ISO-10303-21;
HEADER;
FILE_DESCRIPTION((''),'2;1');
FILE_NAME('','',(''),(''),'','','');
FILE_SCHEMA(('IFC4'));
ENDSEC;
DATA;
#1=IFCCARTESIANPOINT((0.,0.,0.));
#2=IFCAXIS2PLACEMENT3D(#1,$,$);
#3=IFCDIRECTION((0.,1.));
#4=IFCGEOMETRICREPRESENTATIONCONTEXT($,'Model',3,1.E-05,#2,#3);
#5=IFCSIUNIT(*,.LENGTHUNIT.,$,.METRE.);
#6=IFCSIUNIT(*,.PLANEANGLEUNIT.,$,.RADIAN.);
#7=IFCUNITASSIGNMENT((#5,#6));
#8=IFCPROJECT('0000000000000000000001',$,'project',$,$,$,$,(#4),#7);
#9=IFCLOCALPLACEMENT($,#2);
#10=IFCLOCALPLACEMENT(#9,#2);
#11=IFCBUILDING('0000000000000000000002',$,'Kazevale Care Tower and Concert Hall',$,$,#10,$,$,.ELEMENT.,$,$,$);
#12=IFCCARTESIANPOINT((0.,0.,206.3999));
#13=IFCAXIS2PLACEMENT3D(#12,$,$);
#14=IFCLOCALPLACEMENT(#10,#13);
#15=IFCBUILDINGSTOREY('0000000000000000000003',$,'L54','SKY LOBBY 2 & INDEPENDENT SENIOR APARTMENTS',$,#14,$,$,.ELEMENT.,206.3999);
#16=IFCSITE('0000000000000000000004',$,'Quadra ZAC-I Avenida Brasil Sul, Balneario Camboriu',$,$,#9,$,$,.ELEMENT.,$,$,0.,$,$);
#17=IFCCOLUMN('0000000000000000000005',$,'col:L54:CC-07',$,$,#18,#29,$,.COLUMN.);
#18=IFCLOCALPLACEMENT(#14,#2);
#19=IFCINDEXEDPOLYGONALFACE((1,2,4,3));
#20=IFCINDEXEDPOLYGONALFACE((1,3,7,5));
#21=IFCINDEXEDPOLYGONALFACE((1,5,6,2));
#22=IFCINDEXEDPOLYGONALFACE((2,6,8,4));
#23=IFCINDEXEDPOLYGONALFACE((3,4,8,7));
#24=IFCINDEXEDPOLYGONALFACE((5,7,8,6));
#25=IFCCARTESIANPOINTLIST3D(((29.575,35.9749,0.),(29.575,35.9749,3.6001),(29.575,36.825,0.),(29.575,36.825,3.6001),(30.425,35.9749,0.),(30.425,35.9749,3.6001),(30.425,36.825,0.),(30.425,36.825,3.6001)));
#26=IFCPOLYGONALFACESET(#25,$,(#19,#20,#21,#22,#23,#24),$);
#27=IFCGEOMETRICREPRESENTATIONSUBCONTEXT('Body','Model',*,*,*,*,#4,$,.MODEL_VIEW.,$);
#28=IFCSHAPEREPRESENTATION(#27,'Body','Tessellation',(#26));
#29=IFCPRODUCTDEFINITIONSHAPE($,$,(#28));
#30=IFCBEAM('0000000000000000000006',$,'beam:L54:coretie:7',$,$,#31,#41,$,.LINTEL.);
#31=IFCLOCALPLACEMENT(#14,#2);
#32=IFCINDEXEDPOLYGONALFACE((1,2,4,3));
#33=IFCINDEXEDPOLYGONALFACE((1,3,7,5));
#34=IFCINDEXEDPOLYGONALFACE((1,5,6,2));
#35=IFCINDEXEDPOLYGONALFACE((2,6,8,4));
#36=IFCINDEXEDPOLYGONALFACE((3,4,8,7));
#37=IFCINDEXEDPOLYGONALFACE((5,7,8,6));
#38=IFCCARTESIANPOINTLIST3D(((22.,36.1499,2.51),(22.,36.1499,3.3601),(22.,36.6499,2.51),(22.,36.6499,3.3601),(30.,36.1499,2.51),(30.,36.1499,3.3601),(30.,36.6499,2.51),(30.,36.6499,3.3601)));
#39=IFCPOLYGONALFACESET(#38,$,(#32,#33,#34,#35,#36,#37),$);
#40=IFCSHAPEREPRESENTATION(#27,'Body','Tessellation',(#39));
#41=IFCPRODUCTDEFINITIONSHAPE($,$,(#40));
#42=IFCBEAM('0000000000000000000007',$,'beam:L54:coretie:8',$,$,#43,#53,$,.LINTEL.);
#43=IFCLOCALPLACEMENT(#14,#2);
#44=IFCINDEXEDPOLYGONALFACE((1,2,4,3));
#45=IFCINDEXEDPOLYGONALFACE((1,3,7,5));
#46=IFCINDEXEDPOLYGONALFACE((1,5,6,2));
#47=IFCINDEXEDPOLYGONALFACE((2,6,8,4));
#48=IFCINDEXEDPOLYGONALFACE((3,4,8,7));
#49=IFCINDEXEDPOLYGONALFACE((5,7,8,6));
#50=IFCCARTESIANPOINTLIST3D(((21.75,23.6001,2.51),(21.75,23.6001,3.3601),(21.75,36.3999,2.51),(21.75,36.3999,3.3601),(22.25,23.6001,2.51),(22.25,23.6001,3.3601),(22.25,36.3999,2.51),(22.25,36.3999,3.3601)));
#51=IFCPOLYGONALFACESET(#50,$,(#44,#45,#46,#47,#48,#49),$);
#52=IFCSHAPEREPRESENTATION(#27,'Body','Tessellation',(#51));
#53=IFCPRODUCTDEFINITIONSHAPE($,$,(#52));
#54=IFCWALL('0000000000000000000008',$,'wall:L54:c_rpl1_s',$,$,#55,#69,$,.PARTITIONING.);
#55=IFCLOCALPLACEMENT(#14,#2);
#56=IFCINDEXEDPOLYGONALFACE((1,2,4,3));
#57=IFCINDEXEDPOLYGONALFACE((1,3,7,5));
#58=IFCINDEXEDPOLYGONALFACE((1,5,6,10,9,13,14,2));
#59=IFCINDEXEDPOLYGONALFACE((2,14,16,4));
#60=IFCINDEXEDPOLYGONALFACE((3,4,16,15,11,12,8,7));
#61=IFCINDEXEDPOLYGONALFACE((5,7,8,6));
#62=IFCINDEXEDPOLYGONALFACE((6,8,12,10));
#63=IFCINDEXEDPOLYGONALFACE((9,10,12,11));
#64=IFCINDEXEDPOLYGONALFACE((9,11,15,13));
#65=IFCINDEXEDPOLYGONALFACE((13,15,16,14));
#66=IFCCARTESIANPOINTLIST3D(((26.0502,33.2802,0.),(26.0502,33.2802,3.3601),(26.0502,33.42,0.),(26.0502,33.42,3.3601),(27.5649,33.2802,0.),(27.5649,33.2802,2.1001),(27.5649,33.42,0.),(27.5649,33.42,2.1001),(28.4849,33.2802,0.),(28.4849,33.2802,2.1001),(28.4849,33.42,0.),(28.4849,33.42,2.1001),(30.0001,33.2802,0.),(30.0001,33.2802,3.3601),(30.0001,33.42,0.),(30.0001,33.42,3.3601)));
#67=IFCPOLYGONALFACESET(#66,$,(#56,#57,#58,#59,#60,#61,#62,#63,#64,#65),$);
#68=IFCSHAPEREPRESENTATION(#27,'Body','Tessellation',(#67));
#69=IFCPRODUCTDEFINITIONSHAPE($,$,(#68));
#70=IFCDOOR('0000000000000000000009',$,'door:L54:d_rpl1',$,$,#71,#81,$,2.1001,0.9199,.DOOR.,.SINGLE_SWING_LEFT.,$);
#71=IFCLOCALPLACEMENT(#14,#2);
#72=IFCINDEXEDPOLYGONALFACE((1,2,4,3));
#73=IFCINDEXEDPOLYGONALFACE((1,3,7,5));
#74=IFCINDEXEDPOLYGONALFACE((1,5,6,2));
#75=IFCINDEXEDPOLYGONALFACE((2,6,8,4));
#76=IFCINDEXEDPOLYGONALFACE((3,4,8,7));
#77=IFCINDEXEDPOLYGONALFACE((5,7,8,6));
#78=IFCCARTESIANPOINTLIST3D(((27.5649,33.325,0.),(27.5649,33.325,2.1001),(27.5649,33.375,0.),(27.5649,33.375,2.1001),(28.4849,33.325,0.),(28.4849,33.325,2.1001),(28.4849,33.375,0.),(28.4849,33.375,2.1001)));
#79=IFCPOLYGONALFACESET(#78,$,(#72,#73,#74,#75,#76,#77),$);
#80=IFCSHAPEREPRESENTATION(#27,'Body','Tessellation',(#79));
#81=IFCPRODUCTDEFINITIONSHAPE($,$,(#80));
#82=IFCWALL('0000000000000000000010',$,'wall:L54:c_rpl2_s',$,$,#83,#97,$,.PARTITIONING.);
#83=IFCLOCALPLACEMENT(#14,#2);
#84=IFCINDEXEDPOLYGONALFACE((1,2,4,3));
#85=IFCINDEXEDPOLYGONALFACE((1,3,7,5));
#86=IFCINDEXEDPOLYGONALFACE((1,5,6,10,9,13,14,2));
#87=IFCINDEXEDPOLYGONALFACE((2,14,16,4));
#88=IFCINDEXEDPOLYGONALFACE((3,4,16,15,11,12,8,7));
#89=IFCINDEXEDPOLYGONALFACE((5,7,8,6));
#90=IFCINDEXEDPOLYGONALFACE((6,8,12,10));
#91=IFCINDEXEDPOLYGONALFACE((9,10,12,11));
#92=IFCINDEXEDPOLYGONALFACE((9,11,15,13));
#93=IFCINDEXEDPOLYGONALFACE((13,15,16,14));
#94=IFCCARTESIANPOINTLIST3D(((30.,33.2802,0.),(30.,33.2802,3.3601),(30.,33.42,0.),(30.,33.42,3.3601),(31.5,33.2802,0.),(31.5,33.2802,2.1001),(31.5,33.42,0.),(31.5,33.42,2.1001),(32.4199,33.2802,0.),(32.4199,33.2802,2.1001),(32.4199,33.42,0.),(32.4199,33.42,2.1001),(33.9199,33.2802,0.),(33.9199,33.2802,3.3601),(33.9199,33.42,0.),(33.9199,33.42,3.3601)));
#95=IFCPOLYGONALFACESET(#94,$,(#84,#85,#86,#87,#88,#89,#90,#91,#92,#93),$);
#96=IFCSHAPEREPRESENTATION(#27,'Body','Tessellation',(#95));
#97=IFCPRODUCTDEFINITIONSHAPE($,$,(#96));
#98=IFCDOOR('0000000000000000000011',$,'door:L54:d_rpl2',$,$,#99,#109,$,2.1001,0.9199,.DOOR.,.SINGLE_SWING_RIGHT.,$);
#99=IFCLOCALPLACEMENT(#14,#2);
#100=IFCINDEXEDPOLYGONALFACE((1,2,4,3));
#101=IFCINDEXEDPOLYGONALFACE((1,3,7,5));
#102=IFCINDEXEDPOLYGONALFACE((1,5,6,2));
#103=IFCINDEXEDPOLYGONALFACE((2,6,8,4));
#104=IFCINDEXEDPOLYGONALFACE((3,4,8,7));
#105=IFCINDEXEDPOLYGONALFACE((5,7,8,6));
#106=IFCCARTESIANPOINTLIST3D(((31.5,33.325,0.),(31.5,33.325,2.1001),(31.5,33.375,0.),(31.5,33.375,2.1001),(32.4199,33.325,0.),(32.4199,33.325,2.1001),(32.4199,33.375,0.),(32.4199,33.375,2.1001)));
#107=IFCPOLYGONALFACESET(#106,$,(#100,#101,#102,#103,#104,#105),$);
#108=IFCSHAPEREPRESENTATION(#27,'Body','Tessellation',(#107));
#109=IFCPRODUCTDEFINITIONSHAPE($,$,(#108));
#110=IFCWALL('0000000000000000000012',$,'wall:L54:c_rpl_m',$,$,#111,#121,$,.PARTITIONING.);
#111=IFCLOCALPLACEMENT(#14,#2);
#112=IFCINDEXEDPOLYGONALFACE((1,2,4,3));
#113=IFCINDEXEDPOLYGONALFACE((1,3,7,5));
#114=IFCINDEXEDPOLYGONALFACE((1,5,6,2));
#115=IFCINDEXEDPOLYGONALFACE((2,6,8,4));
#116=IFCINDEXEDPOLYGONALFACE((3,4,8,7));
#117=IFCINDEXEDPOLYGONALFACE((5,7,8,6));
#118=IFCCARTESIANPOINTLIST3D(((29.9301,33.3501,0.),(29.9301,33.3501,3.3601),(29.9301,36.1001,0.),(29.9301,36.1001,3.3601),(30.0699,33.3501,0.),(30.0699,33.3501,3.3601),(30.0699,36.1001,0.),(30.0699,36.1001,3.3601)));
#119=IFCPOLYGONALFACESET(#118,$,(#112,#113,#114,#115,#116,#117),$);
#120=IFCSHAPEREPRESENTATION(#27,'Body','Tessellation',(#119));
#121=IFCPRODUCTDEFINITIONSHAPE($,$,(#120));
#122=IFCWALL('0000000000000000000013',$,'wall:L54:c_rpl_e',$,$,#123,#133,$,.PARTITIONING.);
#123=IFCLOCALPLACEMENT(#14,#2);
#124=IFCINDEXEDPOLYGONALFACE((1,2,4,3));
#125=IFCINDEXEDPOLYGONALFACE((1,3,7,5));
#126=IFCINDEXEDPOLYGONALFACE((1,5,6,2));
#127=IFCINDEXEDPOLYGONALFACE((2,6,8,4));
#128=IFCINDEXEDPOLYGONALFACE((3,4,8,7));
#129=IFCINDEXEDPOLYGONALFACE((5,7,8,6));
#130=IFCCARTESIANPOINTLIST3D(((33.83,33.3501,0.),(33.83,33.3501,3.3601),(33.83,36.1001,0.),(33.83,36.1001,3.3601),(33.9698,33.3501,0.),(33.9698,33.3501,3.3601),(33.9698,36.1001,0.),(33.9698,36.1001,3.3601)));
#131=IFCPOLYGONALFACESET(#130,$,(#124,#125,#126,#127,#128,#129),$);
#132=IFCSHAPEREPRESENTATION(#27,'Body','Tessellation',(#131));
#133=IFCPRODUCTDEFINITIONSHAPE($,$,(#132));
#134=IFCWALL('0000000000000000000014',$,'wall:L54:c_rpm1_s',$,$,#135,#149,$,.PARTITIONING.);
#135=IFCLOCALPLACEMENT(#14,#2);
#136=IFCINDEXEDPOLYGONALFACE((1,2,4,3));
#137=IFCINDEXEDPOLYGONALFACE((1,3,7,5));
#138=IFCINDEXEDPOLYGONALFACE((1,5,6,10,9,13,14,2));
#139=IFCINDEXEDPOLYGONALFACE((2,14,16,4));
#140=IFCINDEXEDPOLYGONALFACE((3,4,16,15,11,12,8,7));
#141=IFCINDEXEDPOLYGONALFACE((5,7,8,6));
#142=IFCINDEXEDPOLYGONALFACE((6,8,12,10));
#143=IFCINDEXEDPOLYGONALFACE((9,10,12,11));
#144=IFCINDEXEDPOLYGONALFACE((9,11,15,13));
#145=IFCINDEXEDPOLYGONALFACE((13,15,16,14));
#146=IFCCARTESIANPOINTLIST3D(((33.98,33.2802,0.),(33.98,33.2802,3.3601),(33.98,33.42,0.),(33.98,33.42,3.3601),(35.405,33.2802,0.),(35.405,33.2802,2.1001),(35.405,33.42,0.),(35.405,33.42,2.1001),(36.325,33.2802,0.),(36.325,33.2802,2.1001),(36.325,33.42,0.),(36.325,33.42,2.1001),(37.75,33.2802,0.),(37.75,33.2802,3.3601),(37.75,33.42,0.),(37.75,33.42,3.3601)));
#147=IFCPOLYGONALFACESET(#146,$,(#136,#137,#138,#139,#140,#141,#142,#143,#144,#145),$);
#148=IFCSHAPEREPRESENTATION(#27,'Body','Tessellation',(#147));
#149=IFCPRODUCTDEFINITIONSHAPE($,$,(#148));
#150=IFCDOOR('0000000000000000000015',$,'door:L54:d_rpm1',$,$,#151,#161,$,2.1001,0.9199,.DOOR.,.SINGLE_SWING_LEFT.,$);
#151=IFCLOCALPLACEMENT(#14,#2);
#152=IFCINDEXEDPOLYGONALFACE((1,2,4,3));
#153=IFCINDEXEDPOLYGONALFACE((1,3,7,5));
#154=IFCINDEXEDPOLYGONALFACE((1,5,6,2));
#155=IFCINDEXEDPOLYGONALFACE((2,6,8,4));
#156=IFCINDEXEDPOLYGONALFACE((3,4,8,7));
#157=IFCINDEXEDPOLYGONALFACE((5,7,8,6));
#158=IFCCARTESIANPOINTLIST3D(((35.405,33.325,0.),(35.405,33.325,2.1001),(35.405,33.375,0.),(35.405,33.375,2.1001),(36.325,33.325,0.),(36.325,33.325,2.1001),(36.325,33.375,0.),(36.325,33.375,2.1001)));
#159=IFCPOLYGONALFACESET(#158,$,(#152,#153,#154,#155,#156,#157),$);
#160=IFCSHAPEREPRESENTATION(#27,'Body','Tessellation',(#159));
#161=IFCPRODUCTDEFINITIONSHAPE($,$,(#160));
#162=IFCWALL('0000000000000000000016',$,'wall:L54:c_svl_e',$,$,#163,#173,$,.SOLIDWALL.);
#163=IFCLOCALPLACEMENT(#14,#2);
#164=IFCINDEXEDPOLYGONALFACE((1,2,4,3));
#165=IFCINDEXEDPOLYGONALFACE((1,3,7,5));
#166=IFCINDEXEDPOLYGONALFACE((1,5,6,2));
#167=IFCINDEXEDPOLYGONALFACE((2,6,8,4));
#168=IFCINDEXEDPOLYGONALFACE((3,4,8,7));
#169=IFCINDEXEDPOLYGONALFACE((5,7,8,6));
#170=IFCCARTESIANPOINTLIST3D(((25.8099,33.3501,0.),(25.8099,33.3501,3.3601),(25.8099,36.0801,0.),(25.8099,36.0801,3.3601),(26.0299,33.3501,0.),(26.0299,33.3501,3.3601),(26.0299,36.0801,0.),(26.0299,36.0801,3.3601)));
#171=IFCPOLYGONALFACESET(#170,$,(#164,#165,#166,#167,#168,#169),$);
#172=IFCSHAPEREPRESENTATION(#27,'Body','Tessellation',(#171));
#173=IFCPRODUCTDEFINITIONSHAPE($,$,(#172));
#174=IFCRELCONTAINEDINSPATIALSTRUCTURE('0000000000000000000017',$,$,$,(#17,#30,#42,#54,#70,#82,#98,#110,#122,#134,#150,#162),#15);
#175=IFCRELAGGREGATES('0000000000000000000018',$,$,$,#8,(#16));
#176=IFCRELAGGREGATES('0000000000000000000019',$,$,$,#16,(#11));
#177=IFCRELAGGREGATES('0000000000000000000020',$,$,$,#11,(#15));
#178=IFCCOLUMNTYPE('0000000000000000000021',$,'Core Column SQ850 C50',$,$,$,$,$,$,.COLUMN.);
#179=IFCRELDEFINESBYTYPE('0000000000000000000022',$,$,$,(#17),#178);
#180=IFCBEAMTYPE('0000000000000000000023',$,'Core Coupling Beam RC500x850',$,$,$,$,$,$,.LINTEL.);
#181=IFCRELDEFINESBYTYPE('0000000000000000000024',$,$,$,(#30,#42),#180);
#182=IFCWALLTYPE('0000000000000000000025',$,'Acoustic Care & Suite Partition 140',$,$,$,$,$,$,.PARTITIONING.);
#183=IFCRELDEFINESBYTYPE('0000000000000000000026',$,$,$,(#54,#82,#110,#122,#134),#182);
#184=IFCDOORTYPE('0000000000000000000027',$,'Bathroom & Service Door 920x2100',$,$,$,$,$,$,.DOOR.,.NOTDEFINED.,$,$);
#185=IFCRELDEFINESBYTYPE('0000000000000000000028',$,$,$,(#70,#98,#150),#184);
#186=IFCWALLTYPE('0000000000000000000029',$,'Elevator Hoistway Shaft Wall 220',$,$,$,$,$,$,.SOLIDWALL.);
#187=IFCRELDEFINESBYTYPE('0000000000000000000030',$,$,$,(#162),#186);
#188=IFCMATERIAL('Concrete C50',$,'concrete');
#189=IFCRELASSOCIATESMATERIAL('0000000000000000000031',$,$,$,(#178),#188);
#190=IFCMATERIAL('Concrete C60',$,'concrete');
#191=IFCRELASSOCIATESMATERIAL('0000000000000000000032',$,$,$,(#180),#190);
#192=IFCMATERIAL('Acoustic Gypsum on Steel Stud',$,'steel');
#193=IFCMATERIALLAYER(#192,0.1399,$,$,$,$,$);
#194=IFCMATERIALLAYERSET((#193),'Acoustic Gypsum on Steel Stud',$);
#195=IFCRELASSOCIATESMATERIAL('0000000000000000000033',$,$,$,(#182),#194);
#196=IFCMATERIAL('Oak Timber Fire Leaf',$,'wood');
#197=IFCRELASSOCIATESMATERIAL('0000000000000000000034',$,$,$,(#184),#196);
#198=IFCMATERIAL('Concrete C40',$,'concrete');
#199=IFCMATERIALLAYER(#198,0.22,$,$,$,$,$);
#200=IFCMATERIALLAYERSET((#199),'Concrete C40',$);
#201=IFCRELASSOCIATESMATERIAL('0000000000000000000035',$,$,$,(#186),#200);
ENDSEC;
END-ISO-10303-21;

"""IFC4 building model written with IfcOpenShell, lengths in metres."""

from ifc_helpers import new_model, si_unit, direction, frame, frame_2d, origin, origin_2d, place, context, subcontext, project, spatial, rectangle, extrude, material, layer, layer_set, material_profile, profile_set, type_object, element, fill, save


model = new_model("IFC4")

# Units and contexts
model_context = context("Model", 3, precision=1e-05, world=origin(), true_north=direction((0.0, 1.0)))
body_context = subcontext(model_context, "Body", "Model", "MODEL_VIEW")
ifc_project = project(units=[si_unit("LENGTHUNIT", "METRE"), si_unit("PLANEANGLEUNIT", "RADIAN")], contexts=[model_context])

# Site, building, storey
site_placement = place(None, origin())
site = spatial("IfcSite", under=ifc_project, at=site_placement, Name="Quadra ZAC-I Avenida Brasil Sul, Balneario Camboriu", CompositionType="ELEMENT", RefElevation=0.0)
building_placement = place(site_placement, origin())
building = spatial("IfcBuilding", under=site, at=building_placement, Name="Kazevale Care Tower and Concert Hall", CompositionType="ELEMENT")
storey_placement = place(building_placement, frame((0.0, 0.0, 206.3999)))
storey = spatial("IfcBuildingStorey", under=building, at=storey_placement, Name="L54", Description="SKY LOBBY 2 & INDEPENDENT SENIOR APARTMENTS", CompositionType="ELEMENT", Elevation=206.3999)

# Column
ifc_material_1 = material(Name="Concrete C50", Category="concrete")
ifc_material_profile_1 = material_profile(ifc_material_1, rectangle(XDim=0.8501, YDim=0.8501, at=origin_2d()), Name="RC-SQ850")
ifc_profile_set_1 = profile_set([ifc_material_profile_1], Name="Concrete C50")
column_type = type_object("IfcColumnType", Name="Core Column SQ850 C50", PredefinedType="COLUMN", material=ifc_profile_set_1)
column_placement = place(storey_placement, frame((30.0, 36.3999, 0.0), z_axis=(0.0, 0.0, 1.0), x_axis=(1.0, 0.0, 0.0)))
element("IfcColumn", 1, at=column_placement, inside=storey, type_object=column_type, Name="col:L54:CC-07", PredefinedType="COLUMN", context=body_context, shape_type="SweptSolid", body=[
    extrude(rectangle(XDim=0.8501, YDim=0.8501, at=origin_2d()), origin(), (0.0, 0.0, 1.0), 3.6001),
])

# Beams
ifc_material_2 = material(Name="Concrete C60", Category="concrete")
ifc_material_profile_2 = material_profile(ifc_material_2, rectangle(XDim=0.5, YDim=0.8501, at=origin_2d()), Name="RC-B500x850")
ifc_profile_set_2 = profile_set([ifc_material_profile_2], Name="Concrete C60")
beam_type = type_object("IfcBeamType", Name="Core Coupling Beam RC500x850", PredefinedType="LINTEL", material=ifc_profile_set_2)
beam_1_placement = place(storey_placement, frame((30.0, 36.3999, 2.9351), z_axis=(-1.0, 0.0, 0.0), x_axis=(0.0, -1.0, 0.0)))
element("IfcBeam", 2, at=beam_1_placement, inside=storey, type_object=beam_type, Name="beam:L54:coretie:7", PredefinedType="LINTEL", context=body_context, shape_type="SweptSolid", body=[
    extrude(rectangle(XDim=0.5, YDim=0.8501, at=origin_2d()), origin(), (0.0, 0.0, 1.0), 8.0),
])
beam_2_placement = place(storey_placement, frame((22.0, 36.3999, 2.9351), z_axis=(0.0, -1.0, 0.0), x_axis=(1.0, 0.0, 0.0)))
element("IfcBeam", 3, at=beam_2_placement, inside=storey, type_object=beam_type, Name="beam:L54:coretie:8", PredefinedType="LINTEL", context=body_context, shape_type="SweptSolid", body=[
    extrude(rectangle(XDim=0.5, YDim=0.8501, at=origin_2d()), origin(), (0.0, 0.0, 1.0), 12.7998),
])

# Walls, openings, doors
ifc_material_3 = material(Name="Acoustic Gypsum on Steel Stud", Category="steel")
ifc_layer_1 = layer(ifc_material_3, 0.1399)
ifc_layer_set_1 = layer_set([ifc_layer_1], Name="Acoustic Gypsum on Steel Stud")
wall_type_1 = type_object("IfcWallType", Name="Acoustic Care & Suite Partition 140", PredefinedType="PARTITIONING", material=ifc_layer_set_1)
wall_1_placement = place(storey_placement, frame((26.05, 33.3501, 0.0), z_axis=(0.0, 0.0, 1.0), x_axis=(1.0, 0.0, 0.0)))
wall_1 = element("IfcWall", 4, at=wall_1_placement, inside=storey, type_object=wall_type_1, Name="wall:L54:c_rpl1_s", PredefinedType="PARTITIONING", context=body_context, shape_type="SweptSolid", body=[
    extrude(rectangle(XDim=3.95, YDim=0.1399, at=frame_2d((1.9751, 0.0))), origin(), (0.0, 0.0, 1.0), 3.3601),
])
opening_1_placement = place(wall_1_placement, frame((1.5149, 0.0, 0.0)))
opening_1 = element("IfcOpeningElement", 5, at=opening_1_placement, cuts=wall_1, PredefinedType="OPENING", context=body_context, shape_type="SweptSolid", body=[
    extrude(rectangle(XDim=0.9199, YDim=2.1001, at=frame_2d((0.46, 1.05))), frame((0.0, 0.0798, 0.0), z_axis=(0.0, -1.0, 0.0), x_axis=(1.0, 0.0, 0.0)), (0.0, 0.0, 1.0), 0.1599),
])
ifc_material_4 = material(Name="Oak Timber Fire Leaf", Category="wood")
door_type_1 = type_object("IfcDoorType", Name="Bathroom & Service Door 920x2100", OperationType="NOTDEFINED", PredefinedType="DOOR", material=ifc_material_4)
door_1_placement = place(opening_1_placement, origin())
door_1 = element("IfcDoor", 6, at=door_1_placement, inside=storey, type_object=door_type_1, Name="door:L54:d_rpl1", OperationType="SINGLE_SWING_LEFT", OverallHeight=2.1001, OverallWidth=0.9199, PredefinedType="DOOR", context=body_context, shape_type="SweptSolid", body=[
    extrude(rectangle(XDim=0.9199, YDim=2.1001, at=frame_2d((0.46, 1.05))), frame((0.0, 0.0249, 0.0), z_axis=(0.0, -1.0, 0.0), x_axis=(1.0, 0.0, 0.0)), (0.0, 0.0, 1.0), 0.05),
])
fill(opening_1, door_1)
wall_2_placement = place(storey_placement, frame((30.0, 33.3501, 0.0), z_axis=(0.0, 0.0, 1.0), x_axis=(1.0, 0.0, 0.0)))
wall_2 = element("IfcWall", 7, at=wall_2_placement, inside=storey, type_object=wall_type_1, Name="wall:L54:c_rpl2_s", PredefinedType="PARTITIONING", context=body_context, shape_type="SweptSolid", body=[
    extrude(rectangle(XDim=3.9199, YDim=0.1399, at=frame_2d((1.96, 0.0))), origin(), (0.0, 0.0, 1.0), 3.3601),
])
opening_2_placement = place(wall_2_placement, frame((1.5, 0.0, 0.0)))
opening_2 = element("IfcOpeningElement", 8, at=opening_2_placement, cuts=wall_2, PredefinedType="OPENING", context=body_context, shape_type="SweptSolid", body=[
    extrude(rectangle(XDim=0.9199, YDim=2.1001, at=frame_2d((0.46, 1.05))), frame((0.0, 0.0798, 0.0), z_axis=(0.0, -1.0, 0.0), x_axis=(1.0, 0.0, 0.0)), (0.0, 0.0, 1.0), 0.1599),
])
door_2_placement = place(opening_2_placement, origin())
door_2 = element("IfcDoor", 9, at=door_2_placement, inside=storey, type_object=door_type_1, Name="door:L54:d_rpl2", OperationType="SINGLE_SWING_RIGHT", OverallHeight=2.1001, OverallWidth=0.9199, PredefinedType="DOOR", context=body_context, shape_type="SweptSolid", body=[
    extrude(rectangle(XDim=0.9199, YDim=2.1001, at=frame_2d((0.46, 1.05))), frame((0.0, 0.0249, 0.0), z_axis=(0.0, -1.0, 0.0), x_axis=(1.0, 0.0, 0.0)), (0.0, 0.0, 1.0), 0.05),
])
fill(opening_2, door_2)

# Walls
for number, where, z_axis, x_axis, name in (
    (10, (30.0, 33.3501, 0.0), (0.0, 0.0, 1.0), (0.0, 1.0, 0.0), "wall:L54:c_rpl_m"),
    (11, (33.8999, 33.3501, 0.0), (0.0, 0.0, 1.0), (0.0, 1.0, 0.0), "wall:L54:c_rpl_e"),
):
    element("IfcWall", number, at=place(storey_placement, frame(where, z_axis=z_axis, x_axis=x_axis)), inside=storey, type_object=wall_type_1, Name=name, PredefinedType="PARTITIONING", context=body_context, shape_type="SweptSolid", body=[
        extrude(rectangle(XDim=2.75, YDim=0.1399, at=frame_2d((1.375, 0.0))), origin(), (0.0, 0.0, 1.0), 3.3601),
    ])

# Wall, opening, door
wall_3_placement = place(storey_placement, frame((33.98, 33.3501, 0.0), z_axis=(0.0, 0.0, 1.0), x_axis=(1.0, 0.0, 0.0)))
wall_3 = element("IfcWall", 12, at=wall_3_placement, inside=storey, type_object=wall_type_1, Name="wall:L54:c_rpm1_s", PredefinedType="PARTITIONING", context=body_context, shape_type="SweptSolid", body=[
    extrude(rectangle(XDim=3.77, YDim=0.1399, at=frame_2d((1.885, 0.0))), origin(), (0.0, 0.0, 1.0), 3.3601),
])
opening_3_placement = place(wall_3_placement, frame((1.425, 0.0, 0.0)))
opening_3 = element("IfcOpeningElement", 13, at=opening_3_placement, cuts=wall_3, PredefinedType="OPENING", context=body_context, shape_type="SweptSolid", body=[
    extrude(rectangle(XDim=0.9199, YDim=2.1001, at=frame_2d((0.46, 1.05))), frame((0.0, 0.0798, 0.0), z_axis=(0.0, -1.0, 0.0), x_axis=(1.0, 0.0, 0.0)), (0.0, 0.0, 1.0), 0.1599),
])
door_3_placement = place(opening_3_placement, origin())
door_3 = element("IfcDoor", 14, at=door_3_placement, inside=storey, type_object=door_type_1, Name="door:L54:d_rpm1", OperationType="SINGLE_SWING_LEFT", OverallHeight=2.1001, OverallWidth=0.9199, PredefinedType="DOOR", context=body_context, shape_type="SweptSolid", body=[
    extrude(rectangle(XDim=0.9199, YDim=2.1001, at=frame_2d((0.46, 1.05))), frame((0.0, 0.0249, 0.0), z_axis=(0.0, -1.0, 0.0), x_axis=(1.0, 0.0, 0.0)), (0.0, 0.0, 1.0), 0.05),
])
fill(opening_3, door_3)

# Wall
ifc_material_5 = material(Name="Concrete C40", Category="concrete")
ifc_layer_2 = layer(ifc_material_5, 0.22)
ifc_layer_set_2 = layer_set([ifc_layer_2], Name="Concrete C40")
wall_type_2 = type_object("IfcWallType", Name="Elevator Hoistway Shaft Wall 220", PredefinedType="SOLIDWALL", material=ifc_layer_set_2)
wall_4_placement = place(storey_placement, frame((25.9199, 33.3501, 0.0), z_axis=(0.0, 0.0, 1.0), x_axis=(0.0, 1.0, 0.0)))
element("IfcWall", 15, at=wall_4_placement, inside=storey, type_object=wall_type_2, Name="wall:L54:c_svl_e", PredefinedType="SOLIDWALL", context=body_context, shape_type="SweptSolid", body=[
    extrude(rectangle(XDim=2.73, YDim=0.22, at=frame_2d((1.365, 0.0))), origin(), (0.0, 0.0, 1.0), 3.3601),
])

save(model, "model.ifc")
